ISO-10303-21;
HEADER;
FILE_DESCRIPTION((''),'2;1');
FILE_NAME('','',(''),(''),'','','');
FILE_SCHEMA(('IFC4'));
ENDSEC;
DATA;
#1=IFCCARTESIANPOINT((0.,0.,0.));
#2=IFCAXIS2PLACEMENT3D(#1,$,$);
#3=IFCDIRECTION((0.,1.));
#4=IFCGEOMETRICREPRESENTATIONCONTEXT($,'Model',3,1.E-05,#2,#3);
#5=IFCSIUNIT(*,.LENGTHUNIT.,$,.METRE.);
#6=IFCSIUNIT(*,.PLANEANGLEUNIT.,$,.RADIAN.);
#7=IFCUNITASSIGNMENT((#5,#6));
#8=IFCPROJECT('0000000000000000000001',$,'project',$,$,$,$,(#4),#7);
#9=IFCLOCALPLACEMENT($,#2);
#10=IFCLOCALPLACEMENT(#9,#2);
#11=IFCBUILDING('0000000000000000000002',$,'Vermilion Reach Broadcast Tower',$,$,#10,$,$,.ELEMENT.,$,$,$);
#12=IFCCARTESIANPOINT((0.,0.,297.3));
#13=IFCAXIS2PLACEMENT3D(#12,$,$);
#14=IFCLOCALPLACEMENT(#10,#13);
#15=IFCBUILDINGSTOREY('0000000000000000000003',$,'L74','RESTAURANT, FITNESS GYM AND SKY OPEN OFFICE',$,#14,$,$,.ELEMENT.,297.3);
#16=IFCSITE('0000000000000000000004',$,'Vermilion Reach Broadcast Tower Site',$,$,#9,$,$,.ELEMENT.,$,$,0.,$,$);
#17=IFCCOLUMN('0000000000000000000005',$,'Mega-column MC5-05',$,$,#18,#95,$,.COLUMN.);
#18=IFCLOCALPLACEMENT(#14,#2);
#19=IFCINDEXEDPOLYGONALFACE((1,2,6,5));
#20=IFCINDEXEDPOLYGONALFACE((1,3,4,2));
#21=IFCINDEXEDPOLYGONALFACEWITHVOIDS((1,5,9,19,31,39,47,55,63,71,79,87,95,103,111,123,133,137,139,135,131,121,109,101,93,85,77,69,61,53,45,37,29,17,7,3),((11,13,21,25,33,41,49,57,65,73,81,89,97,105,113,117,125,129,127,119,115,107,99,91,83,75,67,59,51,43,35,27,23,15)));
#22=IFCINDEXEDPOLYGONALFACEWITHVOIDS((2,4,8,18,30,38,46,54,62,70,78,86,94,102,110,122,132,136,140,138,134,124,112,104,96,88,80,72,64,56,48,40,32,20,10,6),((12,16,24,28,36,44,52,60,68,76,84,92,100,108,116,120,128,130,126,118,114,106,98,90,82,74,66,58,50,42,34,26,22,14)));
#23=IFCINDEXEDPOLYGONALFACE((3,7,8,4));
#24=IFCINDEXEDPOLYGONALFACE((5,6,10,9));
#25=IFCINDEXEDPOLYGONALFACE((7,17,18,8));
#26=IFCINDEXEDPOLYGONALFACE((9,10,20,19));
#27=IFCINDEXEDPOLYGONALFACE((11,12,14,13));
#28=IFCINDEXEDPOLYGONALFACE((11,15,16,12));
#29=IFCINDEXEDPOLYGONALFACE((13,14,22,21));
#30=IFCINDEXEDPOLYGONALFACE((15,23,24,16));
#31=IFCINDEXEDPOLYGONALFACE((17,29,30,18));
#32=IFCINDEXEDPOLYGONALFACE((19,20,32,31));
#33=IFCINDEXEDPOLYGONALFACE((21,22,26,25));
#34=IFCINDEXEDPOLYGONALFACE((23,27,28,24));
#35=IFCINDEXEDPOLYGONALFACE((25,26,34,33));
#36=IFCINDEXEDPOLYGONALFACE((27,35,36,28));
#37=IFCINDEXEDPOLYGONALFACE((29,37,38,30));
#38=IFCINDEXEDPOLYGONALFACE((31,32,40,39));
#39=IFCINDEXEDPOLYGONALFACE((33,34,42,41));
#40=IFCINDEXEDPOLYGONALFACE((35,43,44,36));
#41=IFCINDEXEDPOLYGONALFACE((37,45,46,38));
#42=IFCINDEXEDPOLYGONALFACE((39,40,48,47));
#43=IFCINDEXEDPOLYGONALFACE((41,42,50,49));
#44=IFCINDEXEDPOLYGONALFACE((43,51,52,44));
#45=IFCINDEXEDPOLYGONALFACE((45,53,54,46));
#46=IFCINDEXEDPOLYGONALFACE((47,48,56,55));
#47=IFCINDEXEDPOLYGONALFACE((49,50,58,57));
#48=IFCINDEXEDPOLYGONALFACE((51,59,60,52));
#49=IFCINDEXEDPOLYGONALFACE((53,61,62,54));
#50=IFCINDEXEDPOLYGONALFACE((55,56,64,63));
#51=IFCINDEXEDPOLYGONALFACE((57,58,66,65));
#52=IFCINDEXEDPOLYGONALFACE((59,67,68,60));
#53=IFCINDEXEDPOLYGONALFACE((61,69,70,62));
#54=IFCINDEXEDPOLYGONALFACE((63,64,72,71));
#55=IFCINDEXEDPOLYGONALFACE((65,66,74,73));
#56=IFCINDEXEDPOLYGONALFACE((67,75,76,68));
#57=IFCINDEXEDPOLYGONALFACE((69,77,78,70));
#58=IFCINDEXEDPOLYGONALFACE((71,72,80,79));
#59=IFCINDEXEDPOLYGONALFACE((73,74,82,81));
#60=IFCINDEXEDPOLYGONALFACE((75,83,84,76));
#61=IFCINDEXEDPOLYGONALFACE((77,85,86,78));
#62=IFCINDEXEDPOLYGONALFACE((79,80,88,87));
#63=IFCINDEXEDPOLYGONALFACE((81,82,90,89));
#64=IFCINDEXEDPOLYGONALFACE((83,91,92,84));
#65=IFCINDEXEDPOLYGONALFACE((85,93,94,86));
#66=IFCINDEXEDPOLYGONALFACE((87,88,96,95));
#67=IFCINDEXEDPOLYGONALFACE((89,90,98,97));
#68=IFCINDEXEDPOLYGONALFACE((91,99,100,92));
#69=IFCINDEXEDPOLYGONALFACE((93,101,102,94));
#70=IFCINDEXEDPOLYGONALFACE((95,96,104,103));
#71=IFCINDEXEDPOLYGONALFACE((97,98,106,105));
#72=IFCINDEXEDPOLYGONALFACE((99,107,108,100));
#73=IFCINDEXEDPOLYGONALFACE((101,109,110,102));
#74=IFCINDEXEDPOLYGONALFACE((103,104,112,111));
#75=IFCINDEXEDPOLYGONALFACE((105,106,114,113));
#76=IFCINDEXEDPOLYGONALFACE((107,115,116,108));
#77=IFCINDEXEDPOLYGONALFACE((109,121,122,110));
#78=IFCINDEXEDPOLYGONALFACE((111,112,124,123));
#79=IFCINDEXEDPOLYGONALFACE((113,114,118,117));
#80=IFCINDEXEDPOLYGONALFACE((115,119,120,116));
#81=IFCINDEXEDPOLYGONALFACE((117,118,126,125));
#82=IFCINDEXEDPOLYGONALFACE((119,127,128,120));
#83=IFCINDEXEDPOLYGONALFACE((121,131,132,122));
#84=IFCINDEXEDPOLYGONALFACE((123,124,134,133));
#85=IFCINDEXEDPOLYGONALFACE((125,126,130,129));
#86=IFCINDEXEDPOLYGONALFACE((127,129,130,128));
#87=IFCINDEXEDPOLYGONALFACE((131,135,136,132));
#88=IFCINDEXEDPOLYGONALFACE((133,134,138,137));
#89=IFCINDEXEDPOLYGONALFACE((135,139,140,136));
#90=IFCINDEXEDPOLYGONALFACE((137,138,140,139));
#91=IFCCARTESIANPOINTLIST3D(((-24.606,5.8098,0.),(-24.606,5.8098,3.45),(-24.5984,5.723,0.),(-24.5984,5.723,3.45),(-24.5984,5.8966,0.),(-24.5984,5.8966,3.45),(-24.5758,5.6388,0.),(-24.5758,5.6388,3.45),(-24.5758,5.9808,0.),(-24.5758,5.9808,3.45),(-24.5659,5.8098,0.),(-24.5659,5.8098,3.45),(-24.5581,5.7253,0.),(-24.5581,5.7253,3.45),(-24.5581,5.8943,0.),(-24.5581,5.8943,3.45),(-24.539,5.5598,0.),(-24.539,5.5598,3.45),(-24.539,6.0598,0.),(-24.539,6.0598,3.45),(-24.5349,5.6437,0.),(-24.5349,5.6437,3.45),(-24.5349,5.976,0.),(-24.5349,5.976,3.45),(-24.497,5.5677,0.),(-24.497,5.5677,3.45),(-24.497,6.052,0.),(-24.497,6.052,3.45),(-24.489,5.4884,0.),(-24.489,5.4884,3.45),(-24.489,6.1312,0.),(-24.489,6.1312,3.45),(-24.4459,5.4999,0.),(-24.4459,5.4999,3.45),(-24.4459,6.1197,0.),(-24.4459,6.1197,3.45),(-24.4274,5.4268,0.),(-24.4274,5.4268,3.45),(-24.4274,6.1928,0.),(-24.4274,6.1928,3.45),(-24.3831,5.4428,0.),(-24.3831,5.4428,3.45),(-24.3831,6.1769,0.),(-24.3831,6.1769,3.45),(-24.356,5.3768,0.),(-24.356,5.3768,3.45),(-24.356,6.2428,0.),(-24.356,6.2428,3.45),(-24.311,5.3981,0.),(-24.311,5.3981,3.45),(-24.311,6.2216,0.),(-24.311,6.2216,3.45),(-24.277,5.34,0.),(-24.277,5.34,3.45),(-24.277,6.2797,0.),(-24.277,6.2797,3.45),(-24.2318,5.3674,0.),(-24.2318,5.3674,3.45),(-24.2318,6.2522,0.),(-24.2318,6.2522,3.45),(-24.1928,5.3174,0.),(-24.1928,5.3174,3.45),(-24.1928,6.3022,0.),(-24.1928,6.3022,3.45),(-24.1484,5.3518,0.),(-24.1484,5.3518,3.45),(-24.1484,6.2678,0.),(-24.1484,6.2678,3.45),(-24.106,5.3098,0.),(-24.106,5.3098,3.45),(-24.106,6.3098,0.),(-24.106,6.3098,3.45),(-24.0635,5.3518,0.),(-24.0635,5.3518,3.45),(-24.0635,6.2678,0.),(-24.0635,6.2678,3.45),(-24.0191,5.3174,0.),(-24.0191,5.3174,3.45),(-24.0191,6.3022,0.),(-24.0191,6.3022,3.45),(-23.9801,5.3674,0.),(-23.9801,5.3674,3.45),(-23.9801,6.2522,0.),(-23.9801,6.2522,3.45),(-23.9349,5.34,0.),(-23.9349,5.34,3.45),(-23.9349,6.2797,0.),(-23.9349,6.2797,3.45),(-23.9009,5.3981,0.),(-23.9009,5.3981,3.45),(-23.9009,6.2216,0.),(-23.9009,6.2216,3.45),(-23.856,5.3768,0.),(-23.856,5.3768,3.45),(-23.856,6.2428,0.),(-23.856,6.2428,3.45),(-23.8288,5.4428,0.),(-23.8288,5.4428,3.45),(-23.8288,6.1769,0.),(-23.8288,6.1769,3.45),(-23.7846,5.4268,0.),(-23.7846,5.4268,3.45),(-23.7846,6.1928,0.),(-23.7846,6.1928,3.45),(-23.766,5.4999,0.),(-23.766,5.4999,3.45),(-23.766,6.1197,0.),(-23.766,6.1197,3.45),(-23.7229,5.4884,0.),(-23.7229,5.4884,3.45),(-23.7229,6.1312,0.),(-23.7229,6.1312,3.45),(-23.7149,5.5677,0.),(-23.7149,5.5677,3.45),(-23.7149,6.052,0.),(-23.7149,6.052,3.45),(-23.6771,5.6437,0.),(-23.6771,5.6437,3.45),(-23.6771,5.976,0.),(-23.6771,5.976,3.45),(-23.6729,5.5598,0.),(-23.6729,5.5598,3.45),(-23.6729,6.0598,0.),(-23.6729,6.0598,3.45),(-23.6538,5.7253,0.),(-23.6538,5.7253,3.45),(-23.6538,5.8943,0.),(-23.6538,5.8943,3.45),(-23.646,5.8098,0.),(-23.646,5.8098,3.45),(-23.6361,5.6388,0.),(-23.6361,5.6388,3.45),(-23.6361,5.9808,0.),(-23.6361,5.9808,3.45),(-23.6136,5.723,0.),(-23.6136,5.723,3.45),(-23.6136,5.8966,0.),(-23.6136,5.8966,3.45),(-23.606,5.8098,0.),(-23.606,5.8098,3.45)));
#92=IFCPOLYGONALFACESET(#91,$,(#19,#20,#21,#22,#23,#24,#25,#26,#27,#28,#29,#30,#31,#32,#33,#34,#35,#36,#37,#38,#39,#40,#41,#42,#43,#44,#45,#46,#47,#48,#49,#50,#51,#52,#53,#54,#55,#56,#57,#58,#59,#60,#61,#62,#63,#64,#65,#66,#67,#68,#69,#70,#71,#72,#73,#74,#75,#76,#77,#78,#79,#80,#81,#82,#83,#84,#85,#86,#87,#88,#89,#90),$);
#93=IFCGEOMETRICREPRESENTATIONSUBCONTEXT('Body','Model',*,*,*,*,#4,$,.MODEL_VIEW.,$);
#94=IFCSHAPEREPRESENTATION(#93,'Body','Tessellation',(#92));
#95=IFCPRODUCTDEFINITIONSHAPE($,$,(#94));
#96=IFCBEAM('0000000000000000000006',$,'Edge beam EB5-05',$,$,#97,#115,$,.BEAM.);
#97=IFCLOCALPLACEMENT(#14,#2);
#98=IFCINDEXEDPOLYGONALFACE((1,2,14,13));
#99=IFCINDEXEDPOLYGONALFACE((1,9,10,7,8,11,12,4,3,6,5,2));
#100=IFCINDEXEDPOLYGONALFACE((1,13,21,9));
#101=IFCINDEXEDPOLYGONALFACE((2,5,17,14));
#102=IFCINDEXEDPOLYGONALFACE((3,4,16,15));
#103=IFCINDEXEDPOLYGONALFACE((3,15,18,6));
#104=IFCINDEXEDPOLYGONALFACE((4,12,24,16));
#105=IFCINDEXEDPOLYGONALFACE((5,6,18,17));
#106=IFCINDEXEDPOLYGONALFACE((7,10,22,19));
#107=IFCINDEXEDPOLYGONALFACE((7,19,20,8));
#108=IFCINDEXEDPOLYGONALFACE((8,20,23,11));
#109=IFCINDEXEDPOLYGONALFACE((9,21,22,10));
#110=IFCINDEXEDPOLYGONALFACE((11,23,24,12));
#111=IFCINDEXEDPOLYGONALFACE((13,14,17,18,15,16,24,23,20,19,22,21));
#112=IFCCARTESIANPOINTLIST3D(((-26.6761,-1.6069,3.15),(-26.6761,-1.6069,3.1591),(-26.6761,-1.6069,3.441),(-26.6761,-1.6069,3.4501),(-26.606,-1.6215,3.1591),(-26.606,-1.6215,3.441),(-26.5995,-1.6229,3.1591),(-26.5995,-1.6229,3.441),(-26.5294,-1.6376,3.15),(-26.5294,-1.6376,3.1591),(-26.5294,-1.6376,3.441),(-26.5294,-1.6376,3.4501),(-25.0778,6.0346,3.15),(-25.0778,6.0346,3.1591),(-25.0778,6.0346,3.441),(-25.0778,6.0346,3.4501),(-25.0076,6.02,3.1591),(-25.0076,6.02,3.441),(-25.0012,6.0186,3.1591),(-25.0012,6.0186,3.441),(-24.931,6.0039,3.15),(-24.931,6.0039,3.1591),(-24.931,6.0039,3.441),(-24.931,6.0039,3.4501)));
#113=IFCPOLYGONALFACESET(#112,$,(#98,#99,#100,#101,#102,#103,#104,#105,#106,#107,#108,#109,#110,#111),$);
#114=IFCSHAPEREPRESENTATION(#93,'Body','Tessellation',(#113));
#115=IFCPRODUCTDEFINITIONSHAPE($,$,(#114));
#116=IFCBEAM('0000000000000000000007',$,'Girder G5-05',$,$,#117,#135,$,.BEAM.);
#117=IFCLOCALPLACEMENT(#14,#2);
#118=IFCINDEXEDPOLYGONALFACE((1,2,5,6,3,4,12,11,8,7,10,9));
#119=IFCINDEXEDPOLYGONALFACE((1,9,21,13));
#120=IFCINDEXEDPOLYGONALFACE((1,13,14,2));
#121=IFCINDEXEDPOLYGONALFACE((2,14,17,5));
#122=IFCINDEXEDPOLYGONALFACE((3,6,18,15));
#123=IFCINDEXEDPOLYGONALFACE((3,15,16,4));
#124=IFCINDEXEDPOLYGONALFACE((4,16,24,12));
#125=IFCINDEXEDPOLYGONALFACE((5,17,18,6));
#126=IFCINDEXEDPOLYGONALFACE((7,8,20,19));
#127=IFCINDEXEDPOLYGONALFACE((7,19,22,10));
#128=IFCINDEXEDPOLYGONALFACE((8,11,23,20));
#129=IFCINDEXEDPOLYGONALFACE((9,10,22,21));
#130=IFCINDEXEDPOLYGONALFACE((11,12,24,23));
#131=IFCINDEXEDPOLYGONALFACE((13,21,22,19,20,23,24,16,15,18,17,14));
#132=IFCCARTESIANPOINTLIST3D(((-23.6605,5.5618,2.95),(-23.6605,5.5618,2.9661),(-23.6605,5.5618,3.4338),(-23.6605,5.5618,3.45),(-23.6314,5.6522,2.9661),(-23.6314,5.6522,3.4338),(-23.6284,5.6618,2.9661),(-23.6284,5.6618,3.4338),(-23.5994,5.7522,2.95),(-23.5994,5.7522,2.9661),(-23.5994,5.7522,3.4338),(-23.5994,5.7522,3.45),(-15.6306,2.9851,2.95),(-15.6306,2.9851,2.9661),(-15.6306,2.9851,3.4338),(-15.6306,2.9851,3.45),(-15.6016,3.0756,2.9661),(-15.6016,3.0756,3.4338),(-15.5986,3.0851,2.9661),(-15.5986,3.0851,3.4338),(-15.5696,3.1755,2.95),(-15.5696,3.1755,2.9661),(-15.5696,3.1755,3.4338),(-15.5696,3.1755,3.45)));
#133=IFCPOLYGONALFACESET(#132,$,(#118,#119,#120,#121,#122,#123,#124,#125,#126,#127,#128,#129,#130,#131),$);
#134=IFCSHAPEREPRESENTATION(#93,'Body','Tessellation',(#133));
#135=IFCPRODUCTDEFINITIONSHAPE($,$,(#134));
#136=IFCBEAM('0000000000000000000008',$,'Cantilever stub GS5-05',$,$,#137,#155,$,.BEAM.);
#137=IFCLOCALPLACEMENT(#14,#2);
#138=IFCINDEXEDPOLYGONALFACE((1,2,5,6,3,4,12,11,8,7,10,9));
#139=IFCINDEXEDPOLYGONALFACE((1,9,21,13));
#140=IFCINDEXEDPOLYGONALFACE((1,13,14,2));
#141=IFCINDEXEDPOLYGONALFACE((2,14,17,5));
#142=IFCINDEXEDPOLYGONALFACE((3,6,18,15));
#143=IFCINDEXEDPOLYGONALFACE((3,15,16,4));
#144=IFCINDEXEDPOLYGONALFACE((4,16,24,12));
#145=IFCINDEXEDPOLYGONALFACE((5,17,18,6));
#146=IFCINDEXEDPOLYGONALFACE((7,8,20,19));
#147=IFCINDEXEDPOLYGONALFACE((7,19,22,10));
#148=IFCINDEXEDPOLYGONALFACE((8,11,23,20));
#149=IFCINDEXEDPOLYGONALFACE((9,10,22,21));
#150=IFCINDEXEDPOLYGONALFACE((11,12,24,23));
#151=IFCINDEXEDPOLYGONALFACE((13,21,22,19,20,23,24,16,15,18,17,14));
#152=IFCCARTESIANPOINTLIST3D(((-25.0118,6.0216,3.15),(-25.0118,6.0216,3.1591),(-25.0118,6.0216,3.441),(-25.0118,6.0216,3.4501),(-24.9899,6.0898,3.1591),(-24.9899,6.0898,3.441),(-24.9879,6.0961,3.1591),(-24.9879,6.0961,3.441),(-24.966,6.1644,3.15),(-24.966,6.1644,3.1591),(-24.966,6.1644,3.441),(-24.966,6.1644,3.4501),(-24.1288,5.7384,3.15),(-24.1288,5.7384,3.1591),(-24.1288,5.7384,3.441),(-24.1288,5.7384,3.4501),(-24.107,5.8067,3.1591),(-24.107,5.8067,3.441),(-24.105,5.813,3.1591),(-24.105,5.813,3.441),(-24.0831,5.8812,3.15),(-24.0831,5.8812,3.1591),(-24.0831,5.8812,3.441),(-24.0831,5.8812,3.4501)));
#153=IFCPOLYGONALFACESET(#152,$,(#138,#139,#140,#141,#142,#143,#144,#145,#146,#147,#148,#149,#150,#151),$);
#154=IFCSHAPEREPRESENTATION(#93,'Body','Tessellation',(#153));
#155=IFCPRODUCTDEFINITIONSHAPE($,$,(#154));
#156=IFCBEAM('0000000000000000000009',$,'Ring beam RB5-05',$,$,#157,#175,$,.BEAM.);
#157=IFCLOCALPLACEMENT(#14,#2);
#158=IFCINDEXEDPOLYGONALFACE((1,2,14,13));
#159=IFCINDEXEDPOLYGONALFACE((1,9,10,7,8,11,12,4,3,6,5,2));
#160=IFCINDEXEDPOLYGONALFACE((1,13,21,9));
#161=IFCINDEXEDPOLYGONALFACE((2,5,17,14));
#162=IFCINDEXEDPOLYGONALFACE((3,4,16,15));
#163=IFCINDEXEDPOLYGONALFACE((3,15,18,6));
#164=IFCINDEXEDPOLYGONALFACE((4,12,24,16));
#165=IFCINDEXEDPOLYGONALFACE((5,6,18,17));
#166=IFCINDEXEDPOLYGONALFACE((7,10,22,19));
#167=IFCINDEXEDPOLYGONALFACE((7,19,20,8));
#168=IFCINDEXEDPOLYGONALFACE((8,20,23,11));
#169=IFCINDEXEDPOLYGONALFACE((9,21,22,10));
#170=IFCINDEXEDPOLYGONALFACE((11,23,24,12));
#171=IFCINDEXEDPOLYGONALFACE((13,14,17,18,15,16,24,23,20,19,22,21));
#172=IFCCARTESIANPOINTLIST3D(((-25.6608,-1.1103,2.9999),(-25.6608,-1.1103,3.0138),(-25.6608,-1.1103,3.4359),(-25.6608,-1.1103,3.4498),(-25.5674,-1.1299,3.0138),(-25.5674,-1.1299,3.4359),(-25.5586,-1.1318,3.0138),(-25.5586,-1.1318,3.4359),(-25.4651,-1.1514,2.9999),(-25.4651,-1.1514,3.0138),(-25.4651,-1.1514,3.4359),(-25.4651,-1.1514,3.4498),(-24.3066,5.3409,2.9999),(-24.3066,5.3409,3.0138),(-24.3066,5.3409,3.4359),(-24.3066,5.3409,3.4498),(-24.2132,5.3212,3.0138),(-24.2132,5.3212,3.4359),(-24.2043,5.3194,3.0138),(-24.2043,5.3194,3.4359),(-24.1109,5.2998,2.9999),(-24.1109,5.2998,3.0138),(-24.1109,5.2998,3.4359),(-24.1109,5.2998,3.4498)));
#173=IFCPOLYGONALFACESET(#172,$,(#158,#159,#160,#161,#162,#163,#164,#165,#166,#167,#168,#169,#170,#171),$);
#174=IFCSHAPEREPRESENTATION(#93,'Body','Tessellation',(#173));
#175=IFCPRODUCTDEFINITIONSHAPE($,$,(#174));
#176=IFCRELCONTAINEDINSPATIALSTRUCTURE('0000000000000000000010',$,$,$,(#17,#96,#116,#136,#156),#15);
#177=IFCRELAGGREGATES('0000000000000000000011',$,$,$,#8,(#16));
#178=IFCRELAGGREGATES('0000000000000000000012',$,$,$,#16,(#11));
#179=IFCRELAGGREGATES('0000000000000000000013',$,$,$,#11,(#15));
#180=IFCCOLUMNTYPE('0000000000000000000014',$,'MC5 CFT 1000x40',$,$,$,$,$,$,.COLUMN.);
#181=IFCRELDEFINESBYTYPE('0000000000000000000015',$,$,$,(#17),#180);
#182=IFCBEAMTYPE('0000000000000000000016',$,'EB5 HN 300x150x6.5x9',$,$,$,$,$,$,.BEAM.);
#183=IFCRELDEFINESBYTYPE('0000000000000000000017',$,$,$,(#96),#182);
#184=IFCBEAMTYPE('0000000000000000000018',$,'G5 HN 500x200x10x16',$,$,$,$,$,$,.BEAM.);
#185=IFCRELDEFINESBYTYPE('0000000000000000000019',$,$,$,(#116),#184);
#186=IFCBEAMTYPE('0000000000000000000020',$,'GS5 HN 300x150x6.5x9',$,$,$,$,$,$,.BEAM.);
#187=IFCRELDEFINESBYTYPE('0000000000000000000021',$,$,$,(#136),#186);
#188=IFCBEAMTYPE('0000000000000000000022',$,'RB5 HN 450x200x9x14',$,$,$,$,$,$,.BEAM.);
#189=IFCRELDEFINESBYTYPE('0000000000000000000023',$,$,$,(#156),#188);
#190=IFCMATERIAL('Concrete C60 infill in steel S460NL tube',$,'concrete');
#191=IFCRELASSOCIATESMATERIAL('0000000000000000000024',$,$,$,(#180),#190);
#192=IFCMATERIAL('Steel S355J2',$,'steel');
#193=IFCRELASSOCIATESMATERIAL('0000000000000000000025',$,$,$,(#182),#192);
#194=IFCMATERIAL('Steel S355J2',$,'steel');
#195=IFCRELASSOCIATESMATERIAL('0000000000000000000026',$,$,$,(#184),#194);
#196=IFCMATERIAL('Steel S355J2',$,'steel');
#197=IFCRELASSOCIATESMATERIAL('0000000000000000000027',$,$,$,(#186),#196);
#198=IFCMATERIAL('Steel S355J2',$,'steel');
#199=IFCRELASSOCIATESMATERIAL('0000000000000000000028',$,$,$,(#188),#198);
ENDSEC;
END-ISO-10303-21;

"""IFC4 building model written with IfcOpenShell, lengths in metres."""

from ifc_helpers import new_model, si_unit, direction, frame, origin, origin_2d, place, context, subcontext, project, spatial, hollow_circle, i_section, extrude, material, material_profile, profile_set, type_object, element, save


model = new_model("IFC4")

# Units and contexts
model_context = context("Model", 3, precision=1e-05, world=origin(), true_north=direction((0.0, 1.0)))
body_context = subcontext(model_context, "Body", "Model", "MODEL_VIEW")
ifc_project = project(units=[si_unit("LENGTHUNIT", "METRE"), si_unit("PLANEANGLEUNIT", "RADIAN")], contexts=[model_context])

# Site, building, storey
site_placement = place(None, origin())
site = spatial("IfcSite", under=ifc_project, at=site_placement, Name="Vermilion Reach Broadcast Tower Site", CompositionType="ELEMENT", RefElevation=0.0)
building_placement = place(site_placement, origin())
building = spatial("IfcBuilding", under=site, at=building_placement, Name="Vermilion Reach Broadcast Tower", CompositionType="ELEMENT")
storey_placement = place(building_placement, frame((0.0, 0.0, 297.3)))
storey = spatial("IfcBuildingStorey", under=building, at=storey_placement, Name="L74", Description="RESTAURANT, FITNESS GYM AND SKY OPEN OFFICE", CompositionType="ELEMENT", Elevation=297.3)

# Column
ifc_material_1 = material(Name="Concrete C60 infill in steel S460NL tube", Category="concrete")
ifc_material_profile_1 = material_profile(ifc_material_1, hollow_circle(Radius=0.5, WallThickness=0.04, at=origin_2d()), Name="Concrete C60 infill in steel S460NL tube CFT 1000x40")
ifc_profile_set_1 = profile_set([ifc_material_profile_1], Name="Concrete C60 infill in steel S460NL tube")
column_type = type_object("IfcColumnType", Name="MC5 CFT 1000x40", PredefinedType="COLUMN", material=ifc_profile_set_1)
column_placement = place(storey_placement, frame((-24.106, 5.8098, 0.0), z_axis=(0.0, 0.0, 1.0), x_axis=(1.0, 0.0, 0.0)))
element("IfcColumn", 1, at=column_placement, inside=storey, type_object=column_type, Name="Mega-column MC5-05", PredefinedType="COLUMN", context=body_context, shape_type="SweptSolid", body=[
    extrude(hollow_circle(Radius=0.5, WallThickness=0.04, at=origin_2d()), origin(), (0.0, 0.0, 1.0), 3.45),
])

# Beams
ifc_material_2 = material(Name="Steel S355J2", Category="steel")
ifc_material_profile_2 = material_profile(ifc_material_2, i_section(OverallWidth=0.1499, OverallDepth=0.3, WebThickness=0.0066, FlangeThickness=0.009, at=origin_2d()), Name="S355J2 HN 300x150x6.5x9")
ifc_profile_set_2 = profile_set([ifc_material_profile_2], Name="Steel S355J2")
beam_type_1 = type_object("IfcBeamType", Name="EB5 HN 300x150x6.5x9", PredefinedType="BEAM", material=ifc_profile_set_2)
beam_1_placement = place(storey_placement, frame((-25.0044, 6.0193, 3.3), z_axis=(-0.204738, -0.978817, 0.0), x_axis=(0.978817, -0.204738, 0.0)))
element("IfcBeam", 2, at=beam_1_placement, inside=storey, type_object=beam_type_1, Name="Edge beam EB5-05", PredefinedType="BEAM", context=body_context, shape_type="SweptSolid", body=[
    extrude(i_section(OverallWidth=0.1499, OverallDepth=0.3, WebThickness=0.0066, FlangeThickness=0.009, at=origin_2d()), origin(), (0.0, 0.0, 1.0), 7.8069),
])
ifc_material_3 = material(Name="Steel S355J2", Category="steel")
ifc_material_profile_3 = material_profile(ifc_material_3, i_section(OverallWidth=0.2, OverallDepth=0.5, WebThickness=0.01, FlangeThickness=0.0161, at=origin_2d()), Name="S355J2 HN 500x200x10x16")
ifc_profile_set_3 = profile_set([ifc_material_profile_3], Name="Steel S355J2")
beam_type_2 = type_object("IfcBeamType", Name="G5 HN 500x200x10x16", PredefinedType="BEAM", material=ifc_profile_set_3)
beam_2_placement = place(storey_placement, frame((-15.6001, 3.0803, 3.2), z_axis=(-0.952178, 0.305542, 0.0), x_axis=(-0.305542, -0.952178, 0.0)))
element("IfcBeam", 3, at=beam_2_placement, inside=storey, type_object=beam_type_2, Name="Girder G5-05", PredefinedType="BEAM", context=body_context, shape_type="SweptSolid", body=[
    extrude(i_section(OverallWidth=0.2, OverallDepth=0.5, WebThickness=0.01, FlangeThickness=0.0161, at=origin_2d()), origin(), (0.0, 0.0, 1.0), 8.4331),
])
ifc_material_4 = material(Name="Steel S355J2", Category="steel")
ifc_material_profile_4 = material_profile(ifc_material_4, i_section(OverallWidth=0.1499, OverallDepth=0.3, WebThickness=0.0066, FlangeThickness=0.009, at=origin_2d()), Name="S355J2 HN 300x150x6.5x9")
ifc_profile_set_4 = profile_set([ifc_material_profile_4], Name="Steel S355J2")
beam_type_3 = type_object("IfcBeamType", Name="GS5 HN 300x150x6.5x9", PredefinedType="BEAM", material=ifc_profile_set_4)
beam_3_placement = place(storey_placement, frame((-24.106, 5.8098, 3.3), z_axis=(-0.952228, 0.305387, 0.0), x_axis=(-0.305387, -0.952228, 0.0)))
element("IfcBeam", 4, at=beam_3_placement, inside=storey, type_object=beam_type_3, Name="Cantilever stub GS5-05", PredefinedType="BEAM", context=body_context, shape_type="SweptSolid", body=[
    extrude(i_section(OverallWidth=0.1499, OverallDepth=0.3, WebThickness=0.0066, FlangeThickness=0.009, at=origin_2d()), origin(), (0.0, 0.0, 1.0), 0.9272),
])
ifc_material_5 = material(Name="Steel S355J2", Category="steel")
ifc_material_profile_5 = material_profile(ifc_material_5, i_section(OverallWidth=0.2, OverallDepth=0.45, WebThickness=0.009, FlangeThickness=0.0139, at=origin_2d()), Name="S355J2 HN 450x200x9x14")
ifc_profile_set_5 = profile_set([ifc_material_profile_5], Name="Steel S355J2")
beam_type_4 = type_object("IfcBeamType", Name="RB5 HN 450x200x9x14", PredefinedType="BEAM", material=ifc_profile_set_5)
beam_4_placement = place(storey_placement, frame((-24.2087, 5.3203, 3.2249), z_axis=(-0.205445, -0.978669, 0.0), x_axis=(0.978669, -0.205445, 0.0)))
element("IfcBeam", 5, at=beam_4_placement, inside=storey, type_object=beam_type_4, Name="Ring beam RB5-05", PredefinedType="BEAM", context=body_context, shape_type="SweptSolid", body=[
    extrude(i_section(OverallWidth=0.2, OverallDepth=0.45, WebThickness=0.009, FlangeThickness=0.0139, at=origin_2d()), origin(), (0.0, 0.0, 1.0), 6.5918),
])

save(model, "model.ifc")
